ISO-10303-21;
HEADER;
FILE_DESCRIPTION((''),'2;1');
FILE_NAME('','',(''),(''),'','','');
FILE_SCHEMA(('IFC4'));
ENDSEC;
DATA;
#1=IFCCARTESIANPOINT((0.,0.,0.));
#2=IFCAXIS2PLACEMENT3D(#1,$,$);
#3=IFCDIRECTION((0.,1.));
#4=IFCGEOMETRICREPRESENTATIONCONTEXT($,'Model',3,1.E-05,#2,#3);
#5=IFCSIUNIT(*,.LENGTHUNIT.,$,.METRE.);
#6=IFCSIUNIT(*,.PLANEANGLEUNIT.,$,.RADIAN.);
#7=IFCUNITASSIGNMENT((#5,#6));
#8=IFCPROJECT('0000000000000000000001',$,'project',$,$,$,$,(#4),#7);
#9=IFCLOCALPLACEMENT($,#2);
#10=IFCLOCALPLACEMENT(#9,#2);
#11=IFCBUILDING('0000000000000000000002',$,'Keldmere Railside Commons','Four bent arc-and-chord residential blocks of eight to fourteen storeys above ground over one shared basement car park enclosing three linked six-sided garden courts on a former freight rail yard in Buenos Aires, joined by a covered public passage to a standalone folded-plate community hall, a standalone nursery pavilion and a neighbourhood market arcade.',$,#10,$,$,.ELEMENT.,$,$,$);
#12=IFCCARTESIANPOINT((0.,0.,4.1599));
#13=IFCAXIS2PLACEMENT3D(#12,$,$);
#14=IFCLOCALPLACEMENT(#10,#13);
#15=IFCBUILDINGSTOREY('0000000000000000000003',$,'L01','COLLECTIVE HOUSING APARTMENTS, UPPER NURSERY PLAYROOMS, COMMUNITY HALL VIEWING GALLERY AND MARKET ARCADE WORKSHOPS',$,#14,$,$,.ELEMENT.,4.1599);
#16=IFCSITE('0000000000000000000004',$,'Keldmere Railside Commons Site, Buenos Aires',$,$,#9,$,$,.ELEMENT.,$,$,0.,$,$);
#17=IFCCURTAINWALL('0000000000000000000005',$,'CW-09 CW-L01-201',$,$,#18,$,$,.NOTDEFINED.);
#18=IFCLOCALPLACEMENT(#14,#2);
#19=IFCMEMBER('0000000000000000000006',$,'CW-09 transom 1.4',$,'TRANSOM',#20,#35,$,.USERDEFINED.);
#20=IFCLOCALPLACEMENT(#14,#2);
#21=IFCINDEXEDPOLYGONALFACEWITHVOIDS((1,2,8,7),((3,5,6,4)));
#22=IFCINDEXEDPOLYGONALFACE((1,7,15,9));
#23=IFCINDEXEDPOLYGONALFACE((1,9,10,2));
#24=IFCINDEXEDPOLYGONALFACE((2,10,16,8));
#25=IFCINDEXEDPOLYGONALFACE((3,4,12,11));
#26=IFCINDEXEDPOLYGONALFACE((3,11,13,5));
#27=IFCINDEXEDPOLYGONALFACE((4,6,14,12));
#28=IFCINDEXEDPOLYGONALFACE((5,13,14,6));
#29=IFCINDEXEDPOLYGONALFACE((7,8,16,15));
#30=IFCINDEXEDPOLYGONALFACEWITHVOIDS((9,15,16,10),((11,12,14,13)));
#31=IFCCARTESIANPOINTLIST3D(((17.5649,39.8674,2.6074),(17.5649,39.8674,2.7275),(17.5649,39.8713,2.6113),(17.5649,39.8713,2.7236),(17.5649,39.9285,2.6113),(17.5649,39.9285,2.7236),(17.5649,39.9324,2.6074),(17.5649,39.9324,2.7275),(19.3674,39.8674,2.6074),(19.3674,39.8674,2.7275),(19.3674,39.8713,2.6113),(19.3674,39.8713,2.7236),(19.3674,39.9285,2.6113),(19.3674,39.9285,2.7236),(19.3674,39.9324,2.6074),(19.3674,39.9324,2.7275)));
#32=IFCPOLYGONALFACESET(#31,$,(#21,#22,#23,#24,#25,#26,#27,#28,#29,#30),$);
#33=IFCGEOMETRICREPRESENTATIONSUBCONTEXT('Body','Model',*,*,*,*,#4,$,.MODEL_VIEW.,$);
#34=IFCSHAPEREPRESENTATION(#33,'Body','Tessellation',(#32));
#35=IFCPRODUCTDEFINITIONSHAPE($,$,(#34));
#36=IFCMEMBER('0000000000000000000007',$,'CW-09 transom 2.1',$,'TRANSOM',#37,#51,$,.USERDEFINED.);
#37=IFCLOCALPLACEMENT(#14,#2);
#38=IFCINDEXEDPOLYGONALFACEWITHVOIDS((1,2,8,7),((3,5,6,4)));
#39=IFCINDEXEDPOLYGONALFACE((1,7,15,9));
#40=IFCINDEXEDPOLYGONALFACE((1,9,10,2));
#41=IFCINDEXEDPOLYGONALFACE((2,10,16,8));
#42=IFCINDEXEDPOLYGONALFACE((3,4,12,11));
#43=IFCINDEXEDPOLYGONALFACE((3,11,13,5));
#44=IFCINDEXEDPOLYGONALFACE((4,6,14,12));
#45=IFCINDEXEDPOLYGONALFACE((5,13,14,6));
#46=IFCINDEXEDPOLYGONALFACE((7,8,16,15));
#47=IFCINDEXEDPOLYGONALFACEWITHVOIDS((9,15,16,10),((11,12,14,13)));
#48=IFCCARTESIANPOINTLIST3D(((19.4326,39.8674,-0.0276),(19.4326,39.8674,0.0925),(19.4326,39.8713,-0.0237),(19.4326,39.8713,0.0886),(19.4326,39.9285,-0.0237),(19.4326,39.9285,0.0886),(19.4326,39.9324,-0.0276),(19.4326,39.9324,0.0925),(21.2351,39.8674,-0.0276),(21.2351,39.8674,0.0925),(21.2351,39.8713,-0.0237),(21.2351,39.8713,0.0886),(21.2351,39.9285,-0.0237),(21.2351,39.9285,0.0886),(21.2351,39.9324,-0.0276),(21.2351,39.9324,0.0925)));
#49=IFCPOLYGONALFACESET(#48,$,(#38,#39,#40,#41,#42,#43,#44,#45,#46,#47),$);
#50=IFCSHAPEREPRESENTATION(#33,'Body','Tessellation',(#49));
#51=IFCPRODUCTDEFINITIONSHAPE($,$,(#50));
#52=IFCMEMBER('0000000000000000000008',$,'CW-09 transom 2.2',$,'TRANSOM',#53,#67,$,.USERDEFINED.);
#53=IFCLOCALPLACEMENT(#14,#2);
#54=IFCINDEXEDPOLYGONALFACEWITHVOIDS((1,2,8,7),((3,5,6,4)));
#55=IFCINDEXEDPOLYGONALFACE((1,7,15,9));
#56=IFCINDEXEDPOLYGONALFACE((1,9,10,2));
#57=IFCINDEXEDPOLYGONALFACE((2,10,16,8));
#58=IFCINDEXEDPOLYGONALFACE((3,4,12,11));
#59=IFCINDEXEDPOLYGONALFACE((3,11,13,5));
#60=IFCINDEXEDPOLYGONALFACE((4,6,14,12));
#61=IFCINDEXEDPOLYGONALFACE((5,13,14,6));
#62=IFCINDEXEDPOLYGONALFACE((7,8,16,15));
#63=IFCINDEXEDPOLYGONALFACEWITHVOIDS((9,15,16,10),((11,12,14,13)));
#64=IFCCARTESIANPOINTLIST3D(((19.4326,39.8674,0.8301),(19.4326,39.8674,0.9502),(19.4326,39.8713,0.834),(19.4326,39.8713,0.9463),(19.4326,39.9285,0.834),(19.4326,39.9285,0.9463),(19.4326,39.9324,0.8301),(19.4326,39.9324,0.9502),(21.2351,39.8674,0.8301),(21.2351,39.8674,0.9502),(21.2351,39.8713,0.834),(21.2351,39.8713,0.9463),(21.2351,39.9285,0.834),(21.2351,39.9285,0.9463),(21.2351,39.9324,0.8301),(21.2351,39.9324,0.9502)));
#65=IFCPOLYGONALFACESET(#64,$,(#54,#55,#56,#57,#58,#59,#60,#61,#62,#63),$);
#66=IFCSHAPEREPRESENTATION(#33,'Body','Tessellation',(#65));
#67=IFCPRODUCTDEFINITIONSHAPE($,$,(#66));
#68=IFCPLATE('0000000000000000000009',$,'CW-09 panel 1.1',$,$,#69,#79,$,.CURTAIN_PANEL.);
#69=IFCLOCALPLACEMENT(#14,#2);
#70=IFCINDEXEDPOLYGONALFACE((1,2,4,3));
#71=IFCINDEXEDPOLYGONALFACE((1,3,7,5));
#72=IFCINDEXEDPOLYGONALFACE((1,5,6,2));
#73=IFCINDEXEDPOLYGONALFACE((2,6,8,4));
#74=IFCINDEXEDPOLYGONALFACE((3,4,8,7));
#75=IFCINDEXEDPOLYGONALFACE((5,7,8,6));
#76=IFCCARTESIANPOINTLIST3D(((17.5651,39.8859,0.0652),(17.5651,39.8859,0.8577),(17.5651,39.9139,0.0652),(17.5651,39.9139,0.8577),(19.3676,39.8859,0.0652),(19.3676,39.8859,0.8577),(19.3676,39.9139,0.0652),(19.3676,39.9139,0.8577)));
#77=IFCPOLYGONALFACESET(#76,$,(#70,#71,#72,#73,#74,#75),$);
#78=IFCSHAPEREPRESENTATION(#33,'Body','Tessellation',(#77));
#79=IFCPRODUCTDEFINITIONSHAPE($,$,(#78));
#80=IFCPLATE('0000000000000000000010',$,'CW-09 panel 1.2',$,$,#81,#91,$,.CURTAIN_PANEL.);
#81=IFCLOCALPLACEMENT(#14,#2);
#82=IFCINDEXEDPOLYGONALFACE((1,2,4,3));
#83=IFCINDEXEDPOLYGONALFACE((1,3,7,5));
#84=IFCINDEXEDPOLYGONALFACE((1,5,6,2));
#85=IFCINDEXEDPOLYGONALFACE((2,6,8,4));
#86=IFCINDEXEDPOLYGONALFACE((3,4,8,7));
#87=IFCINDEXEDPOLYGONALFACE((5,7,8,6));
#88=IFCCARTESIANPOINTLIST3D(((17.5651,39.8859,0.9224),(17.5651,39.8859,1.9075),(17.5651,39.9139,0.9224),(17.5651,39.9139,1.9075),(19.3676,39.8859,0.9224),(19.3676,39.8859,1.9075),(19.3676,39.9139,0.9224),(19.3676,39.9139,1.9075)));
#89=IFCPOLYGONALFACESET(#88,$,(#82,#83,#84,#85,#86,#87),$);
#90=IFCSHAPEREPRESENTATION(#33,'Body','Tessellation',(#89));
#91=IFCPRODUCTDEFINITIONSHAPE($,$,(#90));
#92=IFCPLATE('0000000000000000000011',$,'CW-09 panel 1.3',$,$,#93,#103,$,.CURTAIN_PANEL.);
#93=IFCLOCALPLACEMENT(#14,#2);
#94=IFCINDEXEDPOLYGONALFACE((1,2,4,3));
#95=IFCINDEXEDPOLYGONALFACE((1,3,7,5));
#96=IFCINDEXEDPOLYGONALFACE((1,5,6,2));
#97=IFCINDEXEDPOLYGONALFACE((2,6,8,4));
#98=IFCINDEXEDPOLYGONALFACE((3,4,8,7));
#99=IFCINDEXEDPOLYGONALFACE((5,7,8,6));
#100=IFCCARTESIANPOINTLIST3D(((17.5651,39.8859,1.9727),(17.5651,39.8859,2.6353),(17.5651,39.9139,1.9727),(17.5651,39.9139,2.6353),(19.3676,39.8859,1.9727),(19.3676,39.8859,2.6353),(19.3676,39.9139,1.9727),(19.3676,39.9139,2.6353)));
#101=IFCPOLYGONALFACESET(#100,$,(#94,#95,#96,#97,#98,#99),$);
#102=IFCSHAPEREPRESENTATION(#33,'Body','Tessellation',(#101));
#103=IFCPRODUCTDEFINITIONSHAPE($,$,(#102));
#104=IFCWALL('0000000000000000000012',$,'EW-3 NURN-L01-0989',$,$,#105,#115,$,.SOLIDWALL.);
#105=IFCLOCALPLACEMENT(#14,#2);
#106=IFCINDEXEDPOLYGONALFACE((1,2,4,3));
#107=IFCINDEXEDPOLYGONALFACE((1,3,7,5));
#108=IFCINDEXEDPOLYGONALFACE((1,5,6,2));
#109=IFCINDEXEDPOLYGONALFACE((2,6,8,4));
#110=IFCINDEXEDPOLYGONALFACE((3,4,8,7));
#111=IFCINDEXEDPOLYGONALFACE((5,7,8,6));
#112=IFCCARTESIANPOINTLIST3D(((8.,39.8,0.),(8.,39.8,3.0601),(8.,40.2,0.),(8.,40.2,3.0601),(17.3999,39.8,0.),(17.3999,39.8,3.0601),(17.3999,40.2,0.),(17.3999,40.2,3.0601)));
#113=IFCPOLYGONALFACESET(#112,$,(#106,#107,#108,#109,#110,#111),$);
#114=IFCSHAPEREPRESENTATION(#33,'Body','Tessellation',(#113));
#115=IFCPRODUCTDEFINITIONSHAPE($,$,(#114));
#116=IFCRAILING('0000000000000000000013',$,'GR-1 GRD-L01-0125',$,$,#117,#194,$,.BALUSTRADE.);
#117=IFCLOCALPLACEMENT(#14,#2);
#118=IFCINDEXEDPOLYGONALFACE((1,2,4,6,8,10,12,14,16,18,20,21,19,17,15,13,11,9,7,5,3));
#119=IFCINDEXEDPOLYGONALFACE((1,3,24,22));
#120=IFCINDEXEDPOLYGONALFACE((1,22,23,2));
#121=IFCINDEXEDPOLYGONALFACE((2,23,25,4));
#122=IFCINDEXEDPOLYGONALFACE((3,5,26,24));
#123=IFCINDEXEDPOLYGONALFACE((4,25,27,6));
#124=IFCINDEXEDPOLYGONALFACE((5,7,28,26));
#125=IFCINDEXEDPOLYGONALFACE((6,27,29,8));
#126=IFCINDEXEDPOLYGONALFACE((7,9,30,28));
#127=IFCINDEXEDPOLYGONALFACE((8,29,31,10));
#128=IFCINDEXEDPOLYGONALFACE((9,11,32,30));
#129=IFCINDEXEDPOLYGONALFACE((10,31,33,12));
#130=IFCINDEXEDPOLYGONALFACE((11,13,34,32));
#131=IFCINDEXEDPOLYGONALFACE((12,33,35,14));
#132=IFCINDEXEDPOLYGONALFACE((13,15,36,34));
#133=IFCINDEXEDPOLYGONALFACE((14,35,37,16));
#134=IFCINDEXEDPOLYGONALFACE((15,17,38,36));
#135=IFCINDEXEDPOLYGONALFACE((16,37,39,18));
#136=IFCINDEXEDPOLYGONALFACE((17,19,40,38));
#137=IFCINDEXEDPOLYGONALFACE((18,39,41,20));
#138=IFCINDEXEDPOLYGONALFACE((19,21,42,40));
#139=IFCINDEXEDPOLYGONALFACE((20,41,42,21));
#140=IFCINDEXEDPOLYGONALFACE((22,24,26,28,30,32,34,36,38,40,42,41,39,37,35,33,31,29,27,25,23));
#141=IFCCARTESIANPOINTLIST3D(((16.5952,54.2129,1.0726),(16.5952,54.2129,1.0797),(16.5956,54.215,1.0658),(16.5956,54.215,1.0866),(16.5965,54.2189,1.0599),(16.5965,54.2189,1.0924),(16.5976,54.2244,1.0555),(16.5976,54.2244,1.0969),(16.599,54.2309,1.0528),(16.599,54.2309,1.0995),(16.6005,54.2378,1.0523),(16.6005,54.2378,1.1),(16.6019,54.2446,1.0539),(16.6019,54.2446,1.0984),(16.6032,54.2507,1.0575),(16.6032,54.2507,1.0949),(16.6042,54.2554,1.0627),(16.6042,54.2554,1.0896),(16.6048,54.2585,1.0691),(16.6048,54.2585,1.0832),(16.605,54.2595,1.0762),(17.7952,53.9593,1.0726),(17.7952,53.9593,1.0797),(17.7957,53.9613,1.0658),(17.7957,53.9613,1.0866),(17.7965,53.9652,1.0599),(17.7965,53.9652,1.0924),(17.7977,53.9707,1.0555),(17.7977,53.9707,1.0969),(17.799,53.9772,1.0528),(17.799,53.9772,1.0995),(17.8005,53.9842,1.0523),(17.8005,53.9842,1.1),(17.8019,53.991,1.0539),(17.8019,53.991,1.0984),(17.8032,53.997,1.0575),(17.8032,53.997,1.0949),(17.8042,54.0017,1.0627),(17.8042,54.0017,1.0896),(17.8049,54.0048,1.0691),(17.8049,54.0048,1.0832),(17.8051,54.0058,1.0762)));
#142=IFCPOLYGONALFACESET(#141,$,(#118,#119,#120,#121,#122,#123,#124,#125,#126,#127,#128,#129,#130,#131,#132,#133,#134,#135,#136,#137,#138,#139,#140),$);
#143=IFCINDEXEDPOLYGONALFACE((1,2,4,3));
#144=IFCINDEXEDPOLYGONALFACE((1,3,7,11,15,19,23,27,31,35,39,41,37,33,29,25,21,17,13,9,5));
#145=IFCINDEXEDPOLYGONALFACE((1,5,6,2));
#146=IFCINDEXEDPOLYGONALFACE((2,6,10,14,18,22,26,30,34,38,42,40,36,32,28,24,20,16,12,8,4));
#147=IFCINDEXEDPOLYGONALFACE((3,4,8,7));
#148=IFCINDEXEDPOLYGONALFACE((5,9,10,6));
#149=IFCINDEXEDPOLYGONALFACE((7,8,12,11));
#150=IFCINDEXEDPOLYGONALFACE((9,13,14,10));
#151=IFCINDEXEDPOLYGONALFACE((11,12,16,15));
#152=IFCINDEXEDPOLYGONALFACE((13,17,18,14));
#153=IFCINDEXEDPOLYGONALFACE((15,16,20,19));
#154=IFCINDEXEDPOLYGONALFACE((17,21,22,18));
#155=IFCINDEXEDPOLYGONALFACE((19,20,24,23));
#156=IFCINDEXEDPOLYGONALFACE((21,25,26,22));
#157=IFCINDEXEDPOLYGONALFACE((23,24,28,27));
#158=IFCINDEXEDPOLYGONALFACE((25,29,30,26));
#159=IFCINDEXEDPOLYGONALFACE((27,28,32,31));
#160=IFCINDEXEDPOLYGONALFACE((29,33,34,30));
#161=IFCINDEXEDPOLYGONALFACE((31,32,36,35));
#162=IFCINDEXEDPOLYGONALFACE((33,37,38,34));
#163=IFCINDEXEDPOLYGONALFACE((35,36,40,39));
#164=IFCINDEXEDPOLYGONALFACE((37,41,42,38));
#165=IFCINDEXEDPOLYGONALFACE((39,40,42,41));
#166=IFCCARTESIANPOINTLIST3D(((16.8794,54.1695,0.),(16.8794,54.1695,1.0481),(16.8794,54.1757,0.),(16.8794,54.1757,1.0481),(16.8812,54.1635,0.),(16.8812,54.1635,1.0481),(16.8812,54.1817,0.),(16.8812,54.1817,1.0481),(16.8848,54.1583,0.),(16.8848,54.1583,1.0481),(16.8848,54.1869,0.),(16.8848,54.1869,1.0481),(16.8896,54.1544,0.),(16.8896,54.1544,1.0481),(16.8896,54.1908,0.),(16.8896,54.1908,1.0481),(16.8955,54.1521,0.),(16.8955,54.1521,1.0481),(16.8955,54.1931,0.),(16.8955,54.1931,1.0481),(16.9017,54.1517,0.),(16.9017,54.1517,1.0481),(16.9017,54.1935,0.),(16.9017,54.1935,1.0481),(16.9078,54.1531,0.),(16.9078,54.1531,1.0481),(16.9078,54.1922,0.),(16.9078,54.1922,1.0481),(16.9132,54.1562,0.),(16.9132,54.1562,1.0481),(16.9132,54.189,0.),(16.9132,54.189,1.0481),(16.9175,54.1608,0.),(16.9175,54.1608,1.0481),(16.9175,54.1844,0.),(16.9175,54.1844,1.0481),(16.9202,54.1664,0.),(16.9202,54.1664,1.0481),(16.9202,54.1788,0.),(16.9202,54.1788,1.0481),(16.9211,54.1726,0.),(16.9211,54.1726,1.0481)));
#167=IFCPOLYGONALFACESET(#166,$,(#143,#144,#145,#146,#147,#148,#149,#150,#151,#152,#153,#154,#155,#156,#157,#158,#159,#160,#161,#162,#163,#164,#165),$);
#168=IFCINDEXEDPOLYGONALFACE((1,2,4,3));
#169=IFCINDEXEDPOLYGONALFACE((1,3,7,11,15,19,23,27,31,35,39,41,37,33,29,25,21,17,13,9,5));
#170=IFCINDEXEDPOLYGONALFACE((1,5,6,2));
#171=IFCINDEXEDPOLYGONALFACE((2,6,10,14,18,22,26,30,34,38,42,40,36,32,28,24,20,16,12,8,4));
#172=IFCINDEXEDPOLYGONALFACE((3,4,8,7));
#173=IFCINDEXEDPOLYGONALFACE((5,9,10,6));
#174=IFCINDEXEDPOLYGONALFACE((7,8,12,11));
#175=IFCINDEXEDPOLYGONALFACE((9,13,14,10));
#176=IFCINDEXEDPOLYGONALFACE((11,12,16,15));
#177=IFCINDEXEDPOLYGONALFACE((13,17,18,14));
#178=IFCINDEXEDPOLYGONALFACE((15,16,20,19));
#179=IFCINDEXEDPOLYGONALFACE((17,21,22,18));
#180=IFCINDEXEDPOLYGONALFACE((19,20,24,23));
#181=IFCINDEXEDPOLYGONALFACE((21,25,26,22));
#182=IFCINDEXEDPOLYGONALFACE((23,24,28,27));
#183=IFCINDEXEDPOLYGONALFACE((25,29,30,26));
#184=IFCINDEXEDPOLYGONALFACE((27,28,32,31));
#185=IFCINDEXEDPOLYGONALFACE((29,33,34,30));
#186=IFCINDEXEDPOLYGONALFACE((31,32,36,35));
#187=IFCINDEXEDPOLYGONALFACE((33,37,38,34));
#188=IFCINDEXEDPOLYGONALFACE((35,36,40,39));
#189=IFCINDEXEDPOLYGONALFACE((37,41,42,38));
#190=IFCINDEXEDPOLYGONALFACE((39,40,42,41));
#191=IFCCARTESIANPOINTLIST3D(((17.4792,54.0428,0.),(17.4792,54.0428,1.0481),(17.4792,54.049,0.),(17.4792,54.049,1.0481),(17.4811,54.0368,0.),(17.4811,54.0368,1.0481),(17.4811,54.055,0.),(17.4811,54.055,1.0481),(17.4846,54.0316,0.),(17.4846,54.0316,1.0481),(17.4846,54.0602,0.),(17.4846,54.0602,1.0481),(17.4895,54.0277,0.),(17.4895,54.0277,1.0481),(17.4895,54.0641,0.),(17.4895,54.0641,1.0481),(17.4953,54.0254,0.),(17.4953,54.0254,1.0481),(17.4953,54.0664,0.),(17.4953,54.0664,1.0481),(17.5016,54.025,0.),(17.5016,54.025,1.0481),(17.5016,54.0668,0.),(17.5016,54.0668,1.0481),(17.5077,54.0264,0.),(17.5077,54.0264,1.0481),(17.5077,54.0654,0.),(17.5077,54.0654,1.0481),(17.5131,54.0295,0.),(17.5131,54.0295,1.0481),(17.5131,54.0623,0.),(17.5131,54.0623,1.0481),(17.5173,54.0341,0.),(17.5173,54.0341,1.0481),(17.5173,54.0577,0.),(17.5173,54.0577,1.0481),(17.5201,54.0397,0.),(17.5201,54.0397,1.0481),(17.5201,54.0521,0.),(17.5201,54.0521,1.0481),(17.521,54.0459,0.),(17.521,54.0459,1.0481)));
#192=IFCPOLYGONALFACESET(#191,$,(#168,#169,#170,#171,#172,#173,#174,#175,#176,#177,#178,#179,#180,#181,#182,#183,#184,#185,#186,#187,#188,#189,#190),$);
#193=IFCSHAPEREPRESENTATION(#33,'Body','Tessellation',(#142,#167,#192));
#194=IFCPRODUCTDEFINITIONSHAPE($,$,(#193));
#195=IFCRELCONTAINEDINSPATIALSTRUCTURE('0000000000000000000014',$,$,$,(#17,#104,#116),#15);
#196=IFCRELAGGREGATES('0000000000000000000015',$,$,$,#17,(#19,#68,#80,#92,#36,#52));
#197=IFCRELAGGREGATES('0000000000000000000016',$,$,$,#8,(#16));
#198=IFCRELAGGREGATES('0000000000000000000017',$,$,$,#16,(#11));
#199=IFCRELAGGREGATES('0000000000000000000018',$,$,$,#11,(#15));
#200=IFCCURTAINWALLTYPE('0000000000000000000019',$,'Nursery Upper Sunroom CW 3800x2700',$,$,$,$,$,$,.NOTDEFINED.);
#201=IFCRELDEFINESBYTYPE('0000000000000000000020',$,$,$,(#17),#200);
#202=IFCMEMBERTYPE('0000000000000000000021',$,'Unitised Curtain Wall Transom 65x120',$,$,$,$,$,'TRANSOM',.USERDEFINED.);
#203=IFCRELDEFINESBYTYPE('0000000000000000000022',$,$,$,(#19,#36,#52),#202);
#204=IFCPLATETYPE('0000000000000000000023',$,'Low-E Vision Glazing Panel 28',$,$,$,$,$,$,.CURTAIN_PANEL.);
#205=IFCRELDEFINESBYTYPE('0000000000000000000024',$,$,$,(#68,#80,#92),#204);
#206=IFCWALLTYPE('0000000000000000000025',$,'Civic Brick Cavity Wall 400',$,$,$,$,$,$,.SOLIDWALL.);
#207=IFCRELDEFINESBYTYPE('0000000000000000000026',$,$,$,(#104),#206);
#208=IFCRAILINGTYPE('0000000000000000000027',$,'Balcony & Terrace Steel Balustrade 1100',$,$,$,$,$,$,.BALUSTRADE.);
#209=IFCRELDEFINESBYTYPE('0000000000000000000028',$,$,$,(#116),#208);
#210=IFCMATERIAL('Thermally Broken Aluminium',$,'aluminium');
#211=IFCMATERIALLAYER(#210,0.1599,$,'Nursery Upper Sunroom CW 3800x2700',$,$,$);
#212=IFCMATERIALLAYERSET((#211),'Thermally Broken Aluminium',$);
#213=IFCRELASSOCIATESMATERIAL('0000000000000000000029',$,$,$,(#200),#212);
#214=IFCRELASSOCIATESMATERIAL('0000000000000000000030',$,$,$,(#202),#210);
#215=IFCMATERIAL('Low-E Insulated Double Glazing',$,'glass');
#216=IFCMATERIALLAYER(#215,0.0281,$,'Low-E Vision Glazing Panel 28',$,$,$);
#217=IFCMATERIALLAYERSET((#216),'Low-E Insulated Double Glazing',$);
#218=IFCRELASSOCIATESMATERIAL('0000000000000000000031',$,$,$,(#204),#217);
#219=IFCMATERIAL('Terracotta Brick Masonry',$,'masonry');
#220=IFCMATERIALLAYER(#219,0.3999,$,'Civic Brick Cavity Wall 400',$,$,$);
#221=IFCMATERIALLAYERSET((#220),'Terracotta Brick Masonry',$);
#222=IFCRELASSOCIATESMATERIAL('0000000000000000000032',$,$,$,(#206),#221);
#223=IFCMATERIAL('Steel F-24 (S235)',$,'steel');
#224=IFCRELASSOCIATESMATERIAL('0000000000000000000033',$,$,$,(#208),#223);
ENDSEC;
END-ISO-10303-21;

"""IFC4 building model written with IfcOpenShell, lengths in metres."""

from ifc_helpers import new_model, si_unit, direction, frame, frame_2d, origin, origin_2d, place, context, subcontext, project, spatial, rectangle, hollow_rectangle, circle, extrude, material, layer, layer_set, material_profile, profile_set, type_object, element, aggregate, save


model = new_model("IFC4")

# Units and contexts
model_context = context("Model", 3, precision=1e-05, world=origin(), true_north=direction((0.0, 1.0)))
body_context = subcontext(model_context, "Body", "Model", "MODEL_VIEW")
ifc_project = project(units=[si_unit("LENGTHUNIT", "METRE"), si_unit("PLANEANGLEUNIT", "RADIAN")], contexts=[model_context])

# Site, building, storey
site_placement = place(None, origin())
site = spatial("IfcSite", under=ifc_project, at=site_placement, Name="Keldmere Railside Commons Site, Buenos Aires", CompositionType="ELEMENT", RefElevation=0.0)
building_placement = place(site_placement, origin())
building = spatial("IfcBuilding", under=site, at=building_placement, Name="Keldmere Railside Commons", Description="Four bent arc-and-chord residential blocks of eight to fourteen storeys above ground over one shared basement car park enclosing three linked six-sided garden courts on a former freight rail yard in Buenos Aires, joined by a covered public passage to a standalone folded-plate community hall, a standalone nursery pavilion and a neighbourhood market arcade.", CompositionType="ELEMENT")
storey_placement = place(building_placement, frame((0.0, 0.0, 4.1599)))
storey = spatial("IfcBuildingStorey", under=building, at=storey_placement, Name="L01", Description="COLLECTIVE HOUSING APARTMENTS, UPPER NURSERY PLAYROOMS, COMMUNITY HALL VIEWING GALLERY AND MARKET ARCADE WORKSHOPS", CompositionType="ELEMENT", Elevation=4.1599)

# Shared definitions
ifc_material_1 = material(Name="Steel F-24 (S235)", Category="steel")

# Curtain wall, members, plates
ifc_material_2 = material(Name="Thermally Broken Aluminium", Category="aluminium")
ifc_layer_1 = layer(ifc_material_2, 0.1599, Name="Nursery Upper Sunroom CW 3800x2700")
ifc_layer_set_1 = layer_set([ifc_layer_1], Name="Thermally Broken Aluminium")
curtain_wall_type = type_object("IfcCurtainWallType", Name="Nursery Upper Sunroom CW 3800x2700", PredefinedType="NOTDEFINED", material=ifc_layer_set_1)
curtain_wall_placement = place(storey_placement, origin())
curtain_wall = element("IfcCurtainWall", 1, at=curtain_wall_placement, inside=storey, type_object=curtain_wall_type, Name="CW-09 CW-L01-201", PredefinedType="NOTDEFINED")
ifc_material_profile_1 = material_profile(ifc_material_2, hollow_rectangle(XDim=0.0649, YDim=0.1201, WallThickness=0.0039, at=origin_2d()), Name="ALU-TRAN-65x120")
ifc_profile_set_1 = profile_set([ifc_material_profile_1], Name="Thermally Broken Aluminium")
member_type_1 = type_object("IfcMemberType", Name="Unitised Curtain Wall Transom 65x120", ElementType="TRANSOM", PredefinedType="USERDEFINED", material=ifc_profile_set_1)
member_1_placement = place(storey_placement, frame((17.5649, 39.8999, 2.6675), z_axis=(1.0, 0.0, 0.0), x_axis=(0.0, 1.0, 0.0)))
member_1 = element("IfcMember", 2, at=member_1_placement, type_object=member_type_1, Name="CW-09 transom 1.4", ObjectType="TRANSOM", PredefinedType="USERDEFINED", context=body_context, shape_type="SweptSolid", body=[
    extrude(hollow_rectangle(XDim=0.0649, YDim=0.1201, WallThickness=0.0039, at=origin_2d()), origin(), (0.0, 0.0, 1.0), 1.8025),
])
member_2_placement = place(storey_placement, frame((19.4326, 39.8999, 0.0325), z_axis=(1.0, 0.0, 0.0), x_axis=(0.0, 1.0, 0.0)))
member_2 = element("IfcMember", 3, at=member_2_placement, type_object=member_type_1, Name="CW-09 transom 2.1", ObjectType="TRANSOM", PredefinedType="USERDEFINED", context=body_context, shape_type="SweptSolid", body=[
    extrude(hollow_rectangle(XDim=0.0649, YDim=0.1201, WallThickness=0.0039, at=origin_2d()), origin(), (0.0, 0.0, 1.0), 1.8025),
])
member_3_placement = place(storey_placement, frame((19.4326, 39.8999, 0.8901), z_axis=(1.0, 0.0, 0.0), x_axis=(0.0, 1.0, 0.0)))
member_3 = element("IfcMember", 4, at=member_3_placement, type_object=member_type_1, Name="CW-09 transom 2.2", ObjectType="TRANSOM", PredefinedType="USERDEFINED", context=body_context, shape_type="SweptSolid", body=[
    extrude(hollow_rectangle(XDim=0.0649, YDim=0.1201, WallThickness=0.0039, at=origin_2d()), origin(), (0.0, 0.0, 1.0), 1.8025),
])
ifc_material_3 = material(Name="Low-E Insulated Double Glazing", Category="glass")
ifc_layer_2 = layer(ifc_material_3, 0.0281, Name="Low-E Vision Glazing Panel 28")
ifc_layer_set_2 = layer_set([ifc_layer_2], Name="Low-E Insulated Double Glazing")
plate_type = type_object("IfcPlateType", Name="Low-E Vision Glazing Panel 28", PredefinedType="CURTAIN_PANEL", material=ifc_layer_set_2)
plate_1_placement = place(storey_placement, frame((18.4663, 39.8999, 0.0652), z_axis=(0.0, 0.0, 1.0), x_axis=(1.0, 0.0, 0.0)))
plate_1 = element("IfcPlate", 5, at=plate_1_placement, type_object=plate_type, Name="CW-09 panel 1.1", PredefinedType="CURTAIN_PANEL", context=body_context, shape_type="SweptSolid", body=[
    extrude(rectangle(XDim=1.8025, YDim=0.0281, at=origin_2d()), origin(), (0.0, 0.0, 1.0), 0.7925),
])
plate_2_placement = place(storey_placement, frame((18.4663, 39.8999, 0.9224), z_axis=(0.0, 0.0, 1.0), x_axis=(1.0, 0.0, 0.0)))
plate_2 = element("IfcPlate", 6, at=plate_2_placement, type_object=plate_type, Name="CW-09 panel 1.2", PredefinedType="CURTAIN_PANEL", context=body_context, shape_type="SweptSolid", body=[
    extrude(rectangle(XDim=1.8025, YDim=0.0281, at=origin_2d()), origin(), (0.0, 0.0, 1.0), 0.9851),
])
plate_3_placement = place(storey_placement, frame((18.4663, 39.8999, 1.9727), z_axis=(0.0, 0.0, 1.0), x_axis=(1.0, 0.0, 0.0)))
plate_3 = element("IfcPlate", 7, at=plate_3_placement, type_object=plate_type, Name="CW-09 panel 1.3", PredefinedType="CURTAIN_PANEL", context=body_context, shape_type="SweptSolid", body=[
    extrude(rectangle(XDim=1.8025, YDim=0.0281, at=origin_2d()), origin(), (0.0, 0.0, 1.0), 0.6626),
])
aggregate(curtain_wall, [member_1, plate_1, plate_2, plate_3, member_2, member_3])

# Wall
ifc_material_4 = material(Name="Terracotta Brick Masonry", Category="masonry")
ifc_layer_3 = layer(ifc_material_4, 0.3999, Name="Civic Brick Cavity Wall 400")
ifc_layer_set_3 = layer_set([ifc_layer_3], Name="Terracotta Brick Masonry")
wall_type = type_object("IfcWallType", Name="Civic Brick Cavity Wall 400", PredefinedType="SOLIDWALL", material=ifc_layer_set_3)
wall_placement = place(storey_placement, frame((8.0, 40.0, 0.0), z_axis=(0.0, 0.0, 1.0), x_axis=(1.0, 0.0, 0.0)))
element("IfcWall", 8, at=wall_placement, inside=storey, type_object=wall_type, Name="EW-3 NURN-L01-0989", PredefinedType="SOLIDWALL", context=body_context, shape_type="SweptSolid", body=[
    extrude(rectangle(XDim=9.3999, YDim=0.3999, at=frame_2d((4.7, 0.0))), origin(), (0.0, 0.0, 1.0), 3.0601),
])

# Railing
railing_type = type_object("IfcRailingType", Name="Balcony & Terrace Steel Balustrade 1100", PredefinedType="BALUSTRADE", material=ifc_material_1)
railing_1_placement = place(storey_placement, frame((16.6001, 54.2361, 0.0)))
element("IfcRailing", 9, at=railing_1_placement, inside=storey, type_object=railing_type, Name="GR-1 GRD-L01-0125", PredefinedType="BALUSTRADE", context=body_context, shape_type="SweptSolid", body=[
    extrude(circle(Radius=0.0239, at=origin_2d()), frame((0.0, 0.0, 1.0762), z_axis=(0.978378, -0.206823, 0.0), x_axis=(0.206823, 0.978378, 0.0)), (0.0, 0.0, 1.0), 1.2266),
    extrude(circle(Radius=0.021, at=origin_2d()), frame((0.3, -0.0635, 0.0)), (0.0, 0.0, 1.0), 1.0481),
    extrude(circle(Radius=0.021, at=origin_2d()), frame((0.8999, -0.1902, 0.0)), (0.0, 0.0, 1.0), 1.0481),
])

save(model, "model.ifc")
